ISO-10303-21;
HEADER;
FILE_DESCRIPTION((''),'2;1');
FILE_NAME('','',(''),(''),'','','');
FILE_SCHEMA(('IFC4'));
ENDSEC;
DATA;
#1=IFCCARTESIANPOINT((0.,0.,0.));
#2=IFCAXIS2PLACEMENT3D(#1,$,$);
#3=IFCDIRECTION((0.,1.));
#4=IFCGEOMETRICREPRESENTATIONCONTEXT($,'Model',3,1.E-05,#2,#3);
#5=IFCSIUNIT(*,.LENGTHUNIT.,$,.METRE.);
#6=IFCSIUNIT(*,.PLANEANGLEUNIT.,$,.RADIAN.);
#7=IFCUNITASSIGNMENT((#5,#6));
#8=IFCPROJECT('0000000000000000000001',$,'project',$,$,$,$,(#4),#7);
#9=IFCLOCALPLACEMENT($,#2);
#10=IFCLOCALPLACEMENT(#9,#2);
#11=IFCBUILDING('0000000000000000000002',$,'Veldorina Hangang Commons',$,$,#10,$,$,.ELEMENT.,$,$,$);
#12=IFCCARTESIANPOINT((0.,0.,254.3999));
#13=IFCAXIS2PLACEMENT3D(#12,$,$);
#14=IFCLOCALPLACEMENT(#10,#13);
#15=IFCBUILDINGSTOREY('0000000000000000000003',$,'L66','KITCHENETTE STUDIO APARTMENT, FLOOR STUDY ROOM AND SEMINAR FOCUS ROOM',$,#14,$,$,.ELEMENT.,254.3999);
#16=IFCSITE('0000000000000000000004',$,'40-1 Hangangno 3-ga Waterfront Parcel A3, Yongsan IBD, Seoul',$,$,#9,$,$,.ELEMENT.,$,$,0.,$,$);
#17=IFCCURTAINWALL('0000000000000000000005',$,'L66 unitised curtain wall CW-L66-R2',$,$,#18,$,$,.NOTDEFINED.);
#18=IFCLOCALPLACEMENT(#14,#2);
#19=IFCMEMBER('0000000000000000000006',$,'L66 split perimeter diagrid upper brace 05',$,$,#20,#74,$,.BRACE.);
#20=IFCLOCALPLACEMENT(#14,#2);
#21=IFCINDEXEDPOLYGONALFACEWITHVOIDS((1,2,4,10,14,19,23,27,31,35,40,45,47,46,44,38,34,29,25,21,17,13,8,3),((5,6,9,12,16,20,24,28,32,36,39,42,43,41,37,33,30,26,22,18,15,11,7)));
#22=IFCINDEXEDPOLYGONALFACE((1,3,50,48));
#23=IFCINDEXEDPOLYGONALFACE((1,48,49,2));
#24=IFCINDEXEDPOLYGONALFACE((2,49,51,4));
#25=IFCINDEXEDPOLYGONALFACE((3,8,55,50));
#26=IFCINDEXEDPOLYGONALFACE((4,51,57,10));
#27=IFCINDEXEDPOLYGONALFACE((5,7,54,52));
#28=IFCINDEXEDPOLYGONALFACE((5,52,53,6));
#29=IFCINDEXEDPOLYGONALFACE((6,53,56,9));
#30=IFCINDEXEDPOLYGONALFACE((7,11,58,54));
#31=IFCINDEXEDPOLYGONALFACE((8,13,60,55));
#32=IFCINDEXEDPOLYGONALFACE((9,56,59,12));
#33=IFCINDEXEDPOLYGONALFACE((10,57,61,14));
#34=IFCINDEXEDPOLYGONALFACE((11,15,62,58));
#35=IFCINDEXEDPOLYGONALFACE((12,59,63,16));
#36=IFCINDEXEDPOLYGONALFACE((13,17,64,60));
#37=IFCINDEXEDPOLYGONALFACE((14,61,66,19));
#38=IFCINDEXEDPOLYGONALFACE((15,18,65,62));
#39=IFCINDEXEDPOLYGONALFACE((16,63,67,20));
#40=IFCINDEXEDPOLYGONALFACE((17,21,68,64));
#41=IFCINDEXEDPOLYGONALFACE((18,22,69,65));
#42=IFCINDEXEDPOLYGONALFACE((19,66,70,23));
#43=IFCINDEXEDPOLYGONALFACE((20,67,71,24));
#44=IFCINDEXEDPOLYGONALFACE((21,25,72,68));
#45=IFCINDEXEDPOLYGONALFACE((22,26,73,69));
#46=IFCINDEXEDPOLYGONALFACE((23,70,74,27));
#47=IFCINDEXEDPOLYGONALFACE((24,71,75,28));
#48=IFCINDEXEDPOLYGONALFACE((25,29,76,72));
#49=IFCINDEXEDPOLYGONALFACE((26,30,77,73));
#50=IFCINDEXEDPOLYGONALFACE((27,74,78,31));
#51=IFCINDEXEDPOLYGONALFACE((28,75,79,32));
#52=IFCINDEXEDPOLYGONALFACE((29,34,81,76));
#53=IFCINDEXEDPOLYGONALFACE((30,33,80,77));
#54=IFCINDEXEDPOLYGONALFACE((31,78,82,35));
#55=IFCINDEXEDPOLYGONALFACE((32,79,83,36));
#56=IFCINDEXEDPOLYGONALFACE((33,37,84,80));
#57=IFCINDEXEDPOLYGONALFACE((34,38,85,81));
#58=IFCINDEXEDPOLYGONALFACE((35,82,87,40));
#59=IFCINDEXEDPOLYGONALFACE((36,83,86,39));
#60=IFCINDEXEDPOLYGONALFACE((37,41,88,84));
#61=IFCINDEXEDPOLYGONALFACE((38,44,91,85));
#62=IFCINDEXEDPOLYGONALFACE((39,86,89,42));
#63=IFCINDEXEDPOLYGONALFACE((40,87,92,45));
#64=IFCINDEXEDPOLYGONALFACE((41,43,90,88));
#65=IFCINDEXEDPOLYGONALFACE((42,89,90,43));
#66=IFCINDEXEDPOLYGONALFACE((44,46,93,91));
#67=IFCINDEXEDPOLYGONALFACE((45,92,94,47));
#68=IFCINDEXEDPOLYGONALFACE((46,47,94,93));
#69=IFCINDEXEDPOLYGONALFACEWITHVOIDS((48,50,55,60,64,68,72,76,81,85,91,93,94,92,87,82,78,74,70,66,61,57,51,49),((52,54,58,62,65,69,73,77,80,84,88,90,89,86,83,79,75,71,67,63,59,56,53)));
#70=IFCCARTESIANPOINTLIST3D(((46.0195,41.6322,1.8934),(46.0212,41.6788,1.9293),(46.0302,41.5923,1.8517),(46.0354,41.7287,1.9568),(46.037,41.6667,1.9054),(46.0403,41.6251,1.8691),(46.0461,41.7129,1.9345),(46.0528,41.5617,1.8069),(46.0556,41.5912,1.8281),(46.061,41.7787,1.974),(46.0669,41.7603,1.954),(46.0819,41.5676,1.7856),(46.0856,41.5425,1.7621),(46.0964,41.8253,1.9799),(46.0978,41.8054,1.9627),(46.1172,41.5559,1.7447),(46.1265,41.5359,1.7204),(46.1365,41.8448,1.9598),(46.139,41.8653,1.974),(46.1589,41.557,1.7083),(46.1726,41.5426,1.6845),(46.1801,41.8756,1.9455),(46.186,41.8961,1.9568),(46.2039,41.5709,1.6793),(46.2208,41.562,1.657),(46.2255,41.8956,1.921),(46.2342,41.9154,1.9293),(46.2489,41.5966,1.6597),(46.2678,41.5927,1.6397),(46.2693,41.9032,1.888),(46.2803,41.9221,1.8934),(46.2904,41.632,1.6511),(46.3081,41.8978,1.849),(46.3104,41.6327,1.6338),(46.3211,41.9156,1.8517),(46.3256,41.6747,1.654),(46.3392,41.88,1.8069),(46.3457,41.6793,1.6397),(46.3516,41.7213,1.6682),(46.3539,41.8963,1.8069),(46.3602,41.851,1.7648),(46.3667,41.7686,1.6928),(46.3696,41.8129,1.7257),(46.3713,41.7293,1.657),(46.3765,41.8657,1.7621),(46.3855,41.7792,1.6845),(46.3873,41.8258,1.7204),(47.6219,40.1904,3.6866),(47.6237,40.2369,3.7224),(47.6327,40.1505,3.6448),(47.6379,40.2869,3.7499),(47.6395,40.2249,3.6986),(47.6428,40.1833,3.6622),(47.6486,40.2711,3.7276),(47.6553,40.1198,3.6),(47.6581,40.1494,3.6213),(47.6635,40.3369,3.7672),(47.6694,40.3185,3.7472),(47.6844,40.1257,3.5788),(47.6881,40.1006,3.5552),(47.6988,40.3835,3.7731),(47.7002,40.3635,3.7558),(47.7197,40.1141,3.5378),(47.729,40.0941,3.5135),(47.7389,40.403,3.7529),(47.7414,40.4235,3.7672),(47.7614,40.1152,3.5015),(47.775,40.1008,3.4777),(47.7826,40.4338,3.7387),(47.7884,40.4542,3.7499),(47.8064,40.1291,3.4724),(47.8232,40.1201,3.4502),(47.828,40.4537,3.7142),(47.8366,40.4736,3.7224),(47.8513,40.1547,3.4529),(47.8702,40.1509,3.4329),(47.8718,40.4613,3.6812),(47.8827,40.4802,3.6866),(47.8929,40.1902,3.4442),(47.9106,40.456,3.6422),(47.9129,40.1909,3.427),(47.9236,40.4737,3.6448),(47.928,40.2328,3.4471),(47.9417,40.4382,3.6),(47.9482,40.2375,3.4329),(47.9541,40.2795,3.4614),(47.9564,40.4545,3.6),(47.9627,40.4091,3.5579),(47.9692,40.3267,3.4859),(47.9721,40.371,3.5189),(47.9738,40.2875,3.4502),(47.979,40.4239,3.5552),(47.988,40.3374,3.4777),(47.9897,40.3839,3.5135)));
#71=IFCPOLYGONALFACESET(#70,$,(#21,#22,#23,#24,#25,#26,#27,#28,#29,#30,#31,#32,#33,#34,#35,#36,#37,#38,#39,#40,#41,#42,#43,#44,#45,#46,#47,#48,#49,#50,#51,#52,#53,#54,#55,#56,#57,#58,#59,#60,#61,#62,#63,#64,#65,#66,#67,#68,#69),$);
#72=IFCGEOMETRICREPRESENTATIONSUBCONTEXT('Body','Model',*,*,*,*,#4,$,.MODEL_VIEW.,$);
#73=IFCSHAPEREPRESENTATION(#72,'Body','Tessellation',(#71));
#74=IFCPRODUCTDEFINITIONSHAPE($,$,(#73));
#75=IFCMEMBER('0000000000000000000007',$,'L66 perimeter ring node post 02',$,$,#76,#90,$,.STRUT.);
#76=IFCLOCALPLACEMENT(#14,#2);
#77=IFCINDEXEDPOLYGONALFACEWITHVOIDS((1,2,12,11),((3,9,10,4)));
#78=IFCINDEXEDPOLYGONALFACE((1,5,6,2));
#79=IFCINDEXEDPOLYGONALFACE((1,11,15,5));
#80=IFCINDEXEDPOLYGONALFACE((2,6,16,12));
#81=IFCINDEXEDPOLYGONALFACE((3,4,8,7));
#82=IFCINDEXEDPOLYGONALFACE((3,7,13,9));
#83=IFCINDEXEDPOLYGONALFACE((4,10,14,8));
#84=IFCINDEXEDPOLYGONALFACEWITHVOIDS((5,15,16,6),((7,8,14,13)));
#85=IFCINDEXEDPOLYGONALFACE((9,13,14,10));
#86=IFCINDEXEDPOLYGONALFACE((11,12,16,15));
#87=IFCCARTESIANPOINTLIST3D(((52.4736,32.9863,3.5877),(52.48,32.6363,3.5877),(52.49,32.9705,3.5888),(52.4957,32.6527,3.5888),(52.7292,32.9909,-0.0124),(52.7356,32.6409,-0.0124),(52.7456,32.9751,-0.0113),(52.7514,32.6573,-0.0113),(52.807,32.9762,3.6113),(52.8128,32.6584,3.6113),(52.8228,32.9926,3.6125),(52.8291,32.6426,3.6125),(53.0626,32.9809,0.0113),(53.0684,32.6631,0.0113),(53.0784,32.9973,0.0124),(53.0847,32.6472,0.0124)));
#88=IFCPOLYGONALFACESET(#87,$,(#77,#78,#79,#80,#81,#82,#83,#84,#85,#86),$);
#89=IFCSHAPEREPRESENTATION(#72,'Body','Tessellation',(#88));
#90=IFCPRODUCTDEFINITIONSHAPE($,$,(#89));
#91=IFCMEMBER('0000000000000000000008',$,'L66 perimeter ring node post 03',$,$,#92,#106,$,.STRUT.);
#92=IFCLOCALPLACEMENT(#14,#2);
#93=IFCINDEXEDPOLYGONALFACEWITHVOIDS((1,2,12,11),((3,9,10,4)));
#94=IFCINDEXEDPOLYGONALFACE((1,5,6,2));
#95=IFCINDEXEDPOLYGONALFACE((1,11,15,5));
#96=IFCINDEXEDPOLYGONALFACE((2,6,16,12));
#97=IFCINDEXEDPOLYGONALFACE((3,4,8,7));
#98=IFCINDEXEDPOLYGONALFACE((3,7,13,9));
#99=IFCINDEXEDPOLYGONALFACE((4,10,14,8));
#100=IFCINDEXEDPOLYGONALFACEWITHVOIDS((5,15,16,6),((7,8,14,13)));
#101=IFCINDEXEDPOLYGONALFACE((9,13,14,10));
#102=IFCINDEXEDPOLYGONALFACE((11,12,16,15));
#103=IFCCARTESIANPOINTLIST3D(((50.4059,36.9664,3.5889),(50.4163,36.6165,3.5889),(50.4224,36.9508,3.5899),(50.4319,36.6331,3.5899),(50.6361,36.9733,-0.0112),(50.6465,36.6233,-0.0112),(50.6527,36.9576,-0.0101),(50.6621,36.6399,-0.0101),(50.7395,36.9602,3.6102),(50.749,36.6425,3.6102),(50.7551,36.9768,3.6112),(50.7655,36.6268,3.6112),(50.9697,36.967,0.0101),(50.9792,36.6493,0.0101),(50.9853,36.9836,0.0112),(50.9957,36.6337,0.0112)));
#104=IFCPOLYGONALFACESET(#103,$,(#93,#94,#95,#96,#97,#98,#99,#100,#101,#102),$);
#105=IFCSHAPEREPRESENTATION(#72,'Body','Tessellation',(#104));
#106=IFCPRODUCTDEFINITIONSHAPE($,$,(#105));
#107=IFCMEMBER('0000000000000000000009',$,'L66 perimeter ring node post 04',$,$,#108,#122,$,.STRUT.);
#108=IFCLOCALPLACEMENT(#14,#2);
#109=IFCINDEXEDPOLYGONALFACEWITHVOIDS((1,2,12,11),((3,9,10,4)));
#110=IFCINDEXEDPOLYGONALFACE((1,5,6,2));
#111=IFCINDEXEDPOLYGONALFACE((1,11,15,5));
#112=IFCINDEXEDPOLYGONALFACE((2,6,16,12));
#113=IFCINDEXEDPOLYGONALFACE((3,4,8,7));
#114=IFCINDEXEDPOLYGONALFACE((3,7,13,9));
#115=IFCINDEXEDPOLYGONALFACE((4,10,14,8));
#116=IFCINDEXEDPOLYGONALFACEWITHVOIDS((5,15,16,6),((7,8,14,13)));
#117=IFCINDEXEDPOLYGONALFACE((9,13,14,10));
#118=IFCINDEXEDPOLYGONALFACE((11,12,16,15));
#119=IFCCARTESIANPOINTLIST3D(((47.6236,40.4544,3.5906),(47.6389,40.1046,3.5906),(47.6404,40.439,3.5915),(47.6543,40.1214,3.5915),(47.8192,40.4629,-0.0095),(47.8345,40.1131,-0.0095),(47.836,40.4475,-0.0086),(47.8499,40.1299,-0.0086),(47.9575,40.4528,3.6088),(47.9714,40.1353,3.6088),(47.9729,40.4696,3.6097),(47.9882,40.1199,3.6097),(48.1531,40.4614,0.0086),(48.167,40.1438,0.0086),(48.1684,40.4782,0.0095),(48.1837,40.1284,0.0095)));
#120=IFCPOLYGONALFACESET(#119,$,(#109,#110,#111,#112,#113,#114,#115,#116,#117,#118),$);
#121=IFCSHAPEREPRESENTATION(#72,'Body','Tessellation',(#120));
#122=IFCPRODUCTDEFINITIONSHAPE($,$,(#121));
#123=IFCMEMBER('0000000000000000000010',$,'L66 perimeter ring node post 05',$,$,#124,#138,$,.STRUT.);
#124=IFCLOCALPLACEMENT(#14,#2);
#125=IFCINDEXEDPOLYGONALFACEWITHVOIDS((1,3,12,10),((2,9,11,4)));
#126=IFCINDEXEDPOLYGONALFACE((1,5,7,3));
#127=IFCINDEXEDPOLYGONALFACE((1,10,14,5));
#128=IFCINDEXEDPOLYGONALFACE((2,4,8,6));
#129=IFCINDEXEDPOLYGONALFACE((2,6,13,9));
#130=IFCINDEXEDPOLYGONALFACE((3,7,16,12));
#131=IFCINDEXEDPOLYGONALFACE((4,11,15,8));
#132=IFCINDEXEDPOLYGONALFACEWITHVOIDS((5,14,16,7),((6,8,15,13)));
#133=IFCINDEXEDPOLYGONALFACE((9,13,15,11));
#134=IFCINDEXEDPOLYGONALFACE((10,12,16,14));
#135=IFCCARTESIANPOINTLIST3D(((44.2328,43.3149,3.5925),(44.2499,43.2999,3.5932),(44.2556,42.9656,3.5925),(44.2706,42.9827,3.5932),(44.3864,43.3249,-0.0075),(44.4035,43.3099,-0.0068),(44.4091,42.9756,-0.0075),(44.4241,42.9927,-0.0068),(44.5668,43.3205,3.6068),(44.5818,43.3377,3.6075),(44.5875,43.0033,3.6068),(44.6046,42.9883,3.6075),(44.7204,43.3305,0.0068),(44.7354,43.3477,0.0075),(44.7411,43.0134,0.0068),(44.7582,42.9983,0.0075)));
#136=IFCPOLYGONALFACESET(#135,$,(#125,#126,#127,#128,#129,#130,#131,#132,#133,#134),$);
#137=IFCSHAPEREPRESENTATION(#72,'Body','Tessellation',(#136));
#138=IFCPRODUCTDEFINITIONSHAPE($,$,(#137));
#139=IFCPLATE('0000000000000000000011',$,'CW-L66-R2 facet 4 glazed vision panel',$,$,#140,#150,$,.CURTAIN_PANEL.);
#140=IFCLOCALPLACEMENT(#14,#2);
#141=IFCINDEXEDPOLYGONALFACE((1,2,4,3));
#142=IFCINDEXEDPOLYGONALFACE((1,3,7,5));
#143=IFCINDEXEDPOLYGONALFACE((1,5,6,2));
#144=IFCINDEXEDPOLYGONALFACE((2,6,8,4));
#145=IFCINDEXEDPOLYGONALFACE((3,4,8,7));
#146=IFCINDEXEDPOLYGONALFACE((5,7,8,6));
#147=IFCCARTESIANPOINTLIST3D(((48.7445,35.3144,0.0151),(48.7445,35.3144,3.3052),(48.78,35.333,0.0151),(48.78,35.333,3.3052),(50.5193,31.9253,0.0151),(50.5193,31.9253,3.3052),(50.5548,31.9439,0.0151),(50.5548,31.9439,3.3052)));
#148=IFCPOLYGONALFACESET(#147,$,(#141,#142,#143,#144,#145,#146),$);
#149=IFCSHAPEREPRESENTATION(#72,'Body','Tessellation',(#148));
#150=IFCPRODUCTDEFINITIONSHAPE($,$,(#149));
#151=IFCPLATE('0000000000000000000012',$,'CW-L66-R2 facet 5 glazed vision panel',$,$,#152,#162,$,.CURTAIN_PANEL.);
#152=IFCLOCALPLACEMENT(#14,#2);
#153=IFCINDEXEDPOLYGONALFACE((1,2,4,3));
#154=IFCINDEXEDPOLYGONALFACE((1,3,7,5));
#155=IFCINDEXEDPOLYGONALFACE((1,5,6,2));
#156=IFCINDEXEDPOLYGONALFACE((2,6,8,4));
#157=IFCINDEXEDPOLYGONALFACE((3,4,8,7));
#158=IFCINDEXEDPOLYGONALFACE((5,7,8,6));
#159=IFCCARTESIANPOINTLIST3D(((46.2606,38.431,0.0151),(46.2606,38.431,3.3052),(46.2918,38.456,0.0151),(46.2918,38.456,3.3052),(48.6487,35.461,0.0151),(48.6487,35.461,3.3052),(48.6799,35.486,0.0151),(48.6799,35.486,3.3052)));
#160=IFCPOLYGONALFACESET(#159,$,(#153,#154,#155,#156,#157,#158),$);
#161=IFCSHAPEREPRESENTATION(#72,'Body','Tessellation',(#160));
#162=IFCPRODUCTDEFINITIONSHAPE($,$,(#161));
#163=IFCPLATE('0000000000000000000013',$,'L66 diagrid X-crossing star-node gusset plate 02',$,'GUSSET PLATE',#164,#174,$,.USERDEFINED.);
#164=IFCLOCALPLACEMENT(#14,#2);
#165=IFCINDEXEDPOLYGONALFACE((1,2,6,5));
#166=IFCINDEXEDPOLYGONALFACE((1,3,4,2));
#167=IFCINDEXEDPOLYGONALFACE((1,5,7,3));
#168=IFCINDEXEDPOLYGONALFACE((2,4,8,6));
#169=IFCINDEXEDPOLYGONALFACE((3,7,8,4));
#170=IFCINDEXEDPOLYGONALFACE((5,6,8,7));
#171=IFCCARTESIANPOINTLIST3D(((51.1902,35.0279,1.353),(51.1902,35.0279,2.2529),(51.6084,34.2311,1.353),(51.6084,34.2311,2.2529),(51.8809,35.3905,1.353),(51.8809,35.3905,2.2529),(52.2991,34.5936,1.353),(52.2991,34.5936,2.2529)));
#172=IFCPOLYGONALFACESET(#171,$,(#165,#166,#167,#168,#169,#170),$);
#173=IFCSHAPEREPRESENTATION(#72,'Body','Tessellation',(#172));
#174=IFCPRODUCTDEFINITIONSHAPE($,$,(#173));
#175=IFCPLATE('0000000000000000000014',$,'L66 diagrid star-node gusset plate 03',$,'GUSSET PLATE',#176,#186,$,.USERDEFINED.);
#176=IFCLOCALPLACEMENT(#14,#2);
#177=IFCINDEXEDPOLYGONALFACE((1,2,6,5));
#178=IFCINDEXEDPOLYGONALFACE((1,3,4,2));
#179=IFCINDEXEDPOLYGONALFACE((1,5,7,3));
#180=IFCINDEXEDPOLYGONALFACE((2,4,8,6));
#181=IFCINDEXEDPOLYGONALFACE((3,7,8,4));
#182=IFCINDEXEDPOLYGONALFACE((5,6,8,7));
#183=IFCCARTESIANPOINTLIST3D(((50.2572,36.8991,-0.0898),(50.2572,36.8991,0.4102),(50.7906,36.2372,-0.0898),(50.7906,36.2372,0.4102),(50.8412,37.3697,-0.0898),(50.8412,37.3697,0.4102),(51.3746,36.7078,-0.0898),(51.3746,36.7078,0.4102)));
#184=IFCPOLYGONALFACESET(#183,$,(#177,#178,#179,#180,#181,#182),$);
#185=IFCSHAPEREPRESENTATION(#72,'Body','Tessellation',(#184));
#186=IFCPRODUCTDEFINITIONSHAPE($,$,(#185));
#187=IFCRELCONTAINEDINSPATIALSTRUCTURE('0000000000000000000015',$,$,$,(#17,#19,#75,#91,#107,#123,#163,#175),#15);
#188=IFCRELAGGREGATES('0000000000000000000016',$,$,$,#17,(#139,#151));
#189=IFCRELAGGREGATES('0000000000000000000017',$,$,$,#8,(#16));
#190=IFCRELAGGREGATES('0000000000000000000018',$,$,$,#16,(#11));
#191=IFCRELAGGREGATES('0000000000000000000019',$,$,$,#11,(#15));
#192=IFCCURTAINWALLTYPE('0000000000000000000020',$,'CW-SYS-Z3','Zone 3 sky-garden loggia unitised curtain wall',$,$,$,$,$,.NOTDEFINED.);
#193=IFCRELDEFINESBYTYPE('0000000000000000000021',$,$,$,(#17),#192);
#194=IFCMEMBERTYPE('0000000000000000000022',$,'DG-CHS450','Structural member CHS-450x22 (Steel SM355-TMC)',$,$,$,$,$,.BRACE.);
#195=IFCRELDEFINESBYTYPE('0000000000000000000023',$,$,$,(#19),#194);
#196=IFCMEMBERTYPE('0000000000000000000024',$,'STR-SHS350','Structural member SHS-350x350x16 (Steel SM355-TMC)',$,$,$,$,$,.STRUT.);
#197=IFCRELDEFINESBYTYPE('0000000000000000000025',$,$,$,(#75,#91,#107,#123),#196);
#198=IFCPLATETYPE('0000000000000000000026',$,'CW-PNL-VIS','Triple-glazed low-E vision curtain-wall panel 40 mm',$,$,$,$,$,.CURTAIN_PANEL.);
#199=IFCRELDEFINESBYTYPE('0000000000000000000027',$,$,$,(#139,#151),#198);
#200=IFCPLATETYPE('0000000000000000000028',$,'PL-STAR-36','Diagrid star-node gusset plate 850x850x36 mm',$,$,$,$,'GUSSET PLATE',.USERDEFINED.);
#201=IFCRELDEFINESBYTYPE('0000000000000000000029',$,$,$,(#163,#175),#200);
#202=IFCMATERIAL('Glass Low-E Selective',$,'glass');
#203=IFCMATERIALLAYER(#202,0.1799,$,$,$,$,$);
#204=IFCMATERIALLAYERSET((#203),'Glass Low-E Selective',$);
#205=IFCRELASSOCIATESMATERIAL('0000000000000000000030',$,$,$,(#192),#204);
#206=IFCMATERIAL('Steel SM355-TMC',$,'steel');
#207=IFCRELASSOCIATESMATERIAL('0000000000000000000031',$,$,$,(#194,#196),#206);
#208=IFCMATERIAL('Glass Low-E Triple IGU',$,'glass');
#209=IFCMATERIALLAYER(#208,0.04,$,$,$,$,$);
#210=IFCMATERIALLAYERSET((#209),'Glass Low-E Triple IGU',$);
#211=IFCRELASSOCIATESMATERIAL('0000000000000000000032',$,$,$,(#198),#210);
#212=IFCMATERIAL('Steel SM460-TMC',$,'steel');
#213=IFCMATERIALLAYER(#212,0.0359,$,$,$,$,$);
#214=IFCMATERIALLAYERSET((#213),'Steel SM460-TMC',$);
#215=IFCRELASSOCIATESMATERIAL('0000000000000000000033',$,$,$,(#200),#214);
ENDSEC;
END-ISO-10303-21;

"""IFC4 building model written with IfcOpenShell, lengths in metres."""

from ifc_helpers import new_model, si_unit, direction, frame, origin, origin_2d, place, context, subcontext, project, spatial, rectangle, hollow_rectangle, hollow_circle, extrude, material, layer, layer_set, material_profile, profile_set, type_object, element, aggregate, save


model = new_model("IFC4")

# Units and contexts
model_context = context("Model", 3, precision=1e-05, world=origin(), true_north=direction((0.0, 1.0)))
body_context = subcontext(model_context, "Body", "Model", "MODEL_VIEW")
ifc_project = project(units=[si_unit("LENGTHUNIT", "METRE"), si_unit("PLANEANGLEUNIT", "RADIAN")], contexts=[model_context])

# Site, building, storey
site_placement = place(None, origin())
site = spatial("IfcSite", under=ifc_project, at=site_placement, Name="40-1 Hangangno 3-ga Waterfront Parcel A3, Yongsan IBD, Seoul", CompositionType="ELEMENT", RefElevation=0.0)
building_placement = place(site_placement, origin())
building = spatial("IfcBuilding", under=site, at=building_placement, Name="Veldorina Hangang Commons", CompositionType="ELEMENT")
storey_placement = place(building_placement, frame((0.0, 0.0, 254.3999)))
storey = spatial("IfcBuildingStorey", under=building, at=storey_placement, Name="L66", Description="KITCHENETTE STUDIO APARTMENT, FLOOR STUDY ROOM AND SEMINAR FOCUS ROOM", CompositionType="ELEMENT", Elevation=254.3999)

# Shared definitions
ifc_material_1 = material(Name="Steel SM355-TMC", Category="steel")

# Curtain wall
ifc_material_2 = material(Name="Glass Low-E Selective", Category="glass")
ifc_layer_1 = layer(ifc_material_2, 0.1799)
ifc_layer_set_1 = layer_set([ifc_layer_1], Name="Glass Low-E Selective")
curtain_wall_type = type_object("IfcCurtainWallType", Name="CW-SYS-Z3", Description="Zone 3 sky-garden loggia unitised curtain wall", PredefinedType="NOTDEFINED", material=ifc_layer_set_1)
curtain_wall_placement = place(storey_placement, origin())
curtain_wall = element("IfcCurtainWall", 1, at=curtain_wall_placement, inside=storey, type_object=curtain_wall_type, Name="L66 unitised curtain wall CW-L66-R2", PredefinedType="NOTDEFINED")

# Members
ifc_material_profile_1 = material_profile(ifc_material_1, hollow_circle(Radius=0.2251, WallThickness=0.022, at=origin_2d()), Name="CHS-450x22")
ifc_profile_set_1 = profile_set([ifc_material_profile_1], Name="Steel SM355-TMC")
member_type_1 = type_object("IfcMemberType", Name="DG-CHS450", Description="Structural member CHS-450x22 (Steel SM355-TMC)", PredefinedType="BRACE", material=ifc_profile_set_1)
member_1_placement = place(storey_placement, frame((46.2034, 41.729, 1.8069), z_axis=(0.571505, -0.514215, 0.639504), x_axis=(0.668865, 0.743384, 0.0)))
element("IfcMember", 2, at=member_1_placement, inside=storey, type_object=member_type_1, Name="L66 split perimeter diagrid upper brace 05", PredefinedType="BRACE", context=body_context, shape_type="SweptSolid", body=[
    extrude(hollow_circle(Radius=0.2251, WallThickness=0.022, at=origin_2d()), origin(), (0.0, 0.0, 1.0), 2.804),
])
ifc_material_profile_2 = material_profile(ifc_material_1, hollow_rectangle(XDim=0.3501, YDim=0.3501, WallThickness=0.0161, at=origin_2d()), Name="SHS-350x350x16")
ifc_profile_set_2 = profile_set([ifc_material_profile_2], Name="Steel SM355-TMC")
member_type_2 = type_object("IfcMemberType", Name="STR-SHS350", Description="Structural member SHS-350x350x16 (Steel SM355-TMC)", PredefinedType="STRUT", material=ifc_profile_set_2)
member_2_placement = place(storey_placement, frame((52.907, 32.8191, 0.0), z_axis=(-0.070824, -0.001285, 0.997488), x_axis=(0.018144, -0.999835, 0.0)))
element("IfcMember", 3, at=member_2_placement, inside=storey, type_object=member_type_2, Name="L66 perimeter ring node post 02", PredefinedType="STRUT", context=body_context, shape_type="SweptSolid", body=[
    extrude(hollow_rectangle(XDim=0.3501, YDim=0.3501, WallThickness=0.0161, at=origin_2d()), origin(), (0.0, 0.0, 1.0), 3.6091),
])
member_3_placement = place(storey_placement, frame((50.8159, 36.8035, 0.0), z_axis=(-0.063819, -0.001895, 0.99796), x_axis=(0.029679, -0.999559, 0.0)))
element("IfcMember", 4, at=member_3_placement, inside=storey, type_object=member_type_2, Name="L66 perimeter ring node post 03", PredefinedType="STRUT", context=body_context, shape_type="SweptSolid", body=[
    extrude(hollow_rectangle(XDim=0.3501, YDim=0.3501, WallThickness=0.0161, at=origin_2d()), origin(), (0.0, 0.0, 1.0), 3.6074),
])
member_4_placement = place(storey_placement, frame((48.0015, 40.2957, 0.0), z_axis=(-0.05424, -0.00237, 0.998525), x_axis=(0.043654, -0.999047, 0.0)))
element("IfcMember", 5, at=member_4_placement, inside=storey, type_object=member_type_2, Name="L66 perimeter ring node post 04", PredefinedType="STRUT", context=body_context, shape_type="SweptSolid", body=[
    extrude(hollow_rectangle(XDim=0.3501, YDim=0.3501, WallThickness=0.0161, at=origin_2d()), origin(), (0.0, 0.0, 1.0), 3.6055),
])
member_5_placement = place(storey_placement, frame((44.5723, 43.1616, 0.0), z_axis=(-0.042617, -0.002778, 0.999088), x_axis=(0.065045, -0.997882, 0.0)))
element("IfcMember", 6, at=member_5_placement, inside=storey, type_object=member_type_2, Name="L66 perimeter ring node post 05", PredefinedType="STRUT", context=body_context, shape_type="SweptSolid", body=[
    extrude(hollow_rectangle(XDim=0.3501, YDim=0.3501, WallThickness=0.0161, at=origin_2d()), origin(), (0.0, 0.0, 1.0), 3.6033),
])

# Plates
ifc_material_3 = material(Name="Glass Low-E Triple IGU", Category="glass")
ifc_layer_2 = layer(ifc_material_3, 0.04)
ifc_layer_set_2 = layer_set([ifc_layer_2], Name="Glass Low-E Triple IGU")
plate_type_1 = type_object("IfcPlateType", Name="CW-PNL-VIS", Description="Triple-glazed low-E vision curtain-wall panel 40 mm", PredefinedType="CURTAIN_PANEL", material=ifc_layer_set_2)
plate_1_placement = place(storey_placement, frame((49.6497, 33.6292, 0.0151), z_axis=(0.0, 0.0, 1.0), x_axis=(-0.463915, 0.88588, 0.0)))
plate_1 = element("IfcPlate", 7, at=plate_1_placement, type_object=plate_type_1, Name="CW-L66-R2 facet 4 glazed vision panel", PredefinedType="CURTAIN_PANEL", context=body_context, shape_type="SweptSolid", body=[
    extrude(rectangle(XDim=3.8257, YDim=0.04, at=origin_2d()), origin(), (0.0, 0.0, 1.0), 3.29),
])
plate_2_placement = place(storey_placement, frame((47.4702, 36.9585, 0.0151), z_axis=(0.0, 0.0, 1.0), x_axis=(-0.626631, 0.779316, 0.0)))
plate_2 = element("IfcPlate", 8, at=plate_2_placement, type_object=plate_type_1, Name="CW-L66-R2 facet 5 glazed vision panel", PredefinedType="CURTAIN_PANEL", context=body_context, shape_type="SweptSolid", body=[
    extrude(rectangle(XDim=3.811, YDim=0.04, at=origin_2d()), origin(), (0.0, 0.0, 1.0), 3.29),
])
aggregate(curtain_wall, [plate_1, plate_2])

# Plates
ifc_material_4 = material(Name="Steel SM460-TMC", Category="steel")
ifc_layer_3 = layer(ifc_material_4, 0.0359)
ifc_layer_set_3 = layer_set([ifc_layer_3], Name="Steel SM460-TMC")
plate_type_2 = type_object("IfcPlateType", Name="PL-STAR-36", Description="Diagrid star-node gusset plate 850x850x36 mm", ElementType="GUSSET PLATE", PredefinedType="USERDEFINED", material=ifc_layer_set_3)
plate_3_placement = place(storey_placement, frame((51.7446, 34.8108, 1.353), z_axis=(0.0, 0.0, 1.0), x_axis=(-0.464734, 0.88545, 0.0)))
element("IfcPlate", 9, at=plate_3_placement, inside=storey, type_object=plate_type_2, Name="L66 diagrid X-crossing star-node gusset plate 02", ObjectType="GUSSET PLATE", PredefinedType="USERDEFINED", context=body_context, shape_type="SweptSolid", body=[
    extrude(rectangle(XDim=0.8999, YDim=0.78, at=origin_2d()), origin(), (0.0, 0.0, 1.0), 0.8999),
])
for number, where, z_axis, x_axis, name in (
    (10, (50.8159, 36.8035, -0.0898), (0.0, 0.0, 1.0), (-0.627488, 0.778627, 0.0), "L66 diagrid star-node gusset plate 03"),
):
    element("IfcPlate", number, at=place(storey_placement, frame(where, z_axis=z_axis, x_axis=x_axis)), inside=storey, type_object=plate_type_2, Name=name, ObjectType="GUSSET PLATE", PredefinedType="USERDEFINED", context=body_context, shape_type="SweptSolid", body=[
        extrude(rectangle(XDim=0.8501, YDim=0.75, at=origin_2d()), origin(), (0.0, 0.0, 1.0), 0.5),
    ])

save(model, "model.ifc")
